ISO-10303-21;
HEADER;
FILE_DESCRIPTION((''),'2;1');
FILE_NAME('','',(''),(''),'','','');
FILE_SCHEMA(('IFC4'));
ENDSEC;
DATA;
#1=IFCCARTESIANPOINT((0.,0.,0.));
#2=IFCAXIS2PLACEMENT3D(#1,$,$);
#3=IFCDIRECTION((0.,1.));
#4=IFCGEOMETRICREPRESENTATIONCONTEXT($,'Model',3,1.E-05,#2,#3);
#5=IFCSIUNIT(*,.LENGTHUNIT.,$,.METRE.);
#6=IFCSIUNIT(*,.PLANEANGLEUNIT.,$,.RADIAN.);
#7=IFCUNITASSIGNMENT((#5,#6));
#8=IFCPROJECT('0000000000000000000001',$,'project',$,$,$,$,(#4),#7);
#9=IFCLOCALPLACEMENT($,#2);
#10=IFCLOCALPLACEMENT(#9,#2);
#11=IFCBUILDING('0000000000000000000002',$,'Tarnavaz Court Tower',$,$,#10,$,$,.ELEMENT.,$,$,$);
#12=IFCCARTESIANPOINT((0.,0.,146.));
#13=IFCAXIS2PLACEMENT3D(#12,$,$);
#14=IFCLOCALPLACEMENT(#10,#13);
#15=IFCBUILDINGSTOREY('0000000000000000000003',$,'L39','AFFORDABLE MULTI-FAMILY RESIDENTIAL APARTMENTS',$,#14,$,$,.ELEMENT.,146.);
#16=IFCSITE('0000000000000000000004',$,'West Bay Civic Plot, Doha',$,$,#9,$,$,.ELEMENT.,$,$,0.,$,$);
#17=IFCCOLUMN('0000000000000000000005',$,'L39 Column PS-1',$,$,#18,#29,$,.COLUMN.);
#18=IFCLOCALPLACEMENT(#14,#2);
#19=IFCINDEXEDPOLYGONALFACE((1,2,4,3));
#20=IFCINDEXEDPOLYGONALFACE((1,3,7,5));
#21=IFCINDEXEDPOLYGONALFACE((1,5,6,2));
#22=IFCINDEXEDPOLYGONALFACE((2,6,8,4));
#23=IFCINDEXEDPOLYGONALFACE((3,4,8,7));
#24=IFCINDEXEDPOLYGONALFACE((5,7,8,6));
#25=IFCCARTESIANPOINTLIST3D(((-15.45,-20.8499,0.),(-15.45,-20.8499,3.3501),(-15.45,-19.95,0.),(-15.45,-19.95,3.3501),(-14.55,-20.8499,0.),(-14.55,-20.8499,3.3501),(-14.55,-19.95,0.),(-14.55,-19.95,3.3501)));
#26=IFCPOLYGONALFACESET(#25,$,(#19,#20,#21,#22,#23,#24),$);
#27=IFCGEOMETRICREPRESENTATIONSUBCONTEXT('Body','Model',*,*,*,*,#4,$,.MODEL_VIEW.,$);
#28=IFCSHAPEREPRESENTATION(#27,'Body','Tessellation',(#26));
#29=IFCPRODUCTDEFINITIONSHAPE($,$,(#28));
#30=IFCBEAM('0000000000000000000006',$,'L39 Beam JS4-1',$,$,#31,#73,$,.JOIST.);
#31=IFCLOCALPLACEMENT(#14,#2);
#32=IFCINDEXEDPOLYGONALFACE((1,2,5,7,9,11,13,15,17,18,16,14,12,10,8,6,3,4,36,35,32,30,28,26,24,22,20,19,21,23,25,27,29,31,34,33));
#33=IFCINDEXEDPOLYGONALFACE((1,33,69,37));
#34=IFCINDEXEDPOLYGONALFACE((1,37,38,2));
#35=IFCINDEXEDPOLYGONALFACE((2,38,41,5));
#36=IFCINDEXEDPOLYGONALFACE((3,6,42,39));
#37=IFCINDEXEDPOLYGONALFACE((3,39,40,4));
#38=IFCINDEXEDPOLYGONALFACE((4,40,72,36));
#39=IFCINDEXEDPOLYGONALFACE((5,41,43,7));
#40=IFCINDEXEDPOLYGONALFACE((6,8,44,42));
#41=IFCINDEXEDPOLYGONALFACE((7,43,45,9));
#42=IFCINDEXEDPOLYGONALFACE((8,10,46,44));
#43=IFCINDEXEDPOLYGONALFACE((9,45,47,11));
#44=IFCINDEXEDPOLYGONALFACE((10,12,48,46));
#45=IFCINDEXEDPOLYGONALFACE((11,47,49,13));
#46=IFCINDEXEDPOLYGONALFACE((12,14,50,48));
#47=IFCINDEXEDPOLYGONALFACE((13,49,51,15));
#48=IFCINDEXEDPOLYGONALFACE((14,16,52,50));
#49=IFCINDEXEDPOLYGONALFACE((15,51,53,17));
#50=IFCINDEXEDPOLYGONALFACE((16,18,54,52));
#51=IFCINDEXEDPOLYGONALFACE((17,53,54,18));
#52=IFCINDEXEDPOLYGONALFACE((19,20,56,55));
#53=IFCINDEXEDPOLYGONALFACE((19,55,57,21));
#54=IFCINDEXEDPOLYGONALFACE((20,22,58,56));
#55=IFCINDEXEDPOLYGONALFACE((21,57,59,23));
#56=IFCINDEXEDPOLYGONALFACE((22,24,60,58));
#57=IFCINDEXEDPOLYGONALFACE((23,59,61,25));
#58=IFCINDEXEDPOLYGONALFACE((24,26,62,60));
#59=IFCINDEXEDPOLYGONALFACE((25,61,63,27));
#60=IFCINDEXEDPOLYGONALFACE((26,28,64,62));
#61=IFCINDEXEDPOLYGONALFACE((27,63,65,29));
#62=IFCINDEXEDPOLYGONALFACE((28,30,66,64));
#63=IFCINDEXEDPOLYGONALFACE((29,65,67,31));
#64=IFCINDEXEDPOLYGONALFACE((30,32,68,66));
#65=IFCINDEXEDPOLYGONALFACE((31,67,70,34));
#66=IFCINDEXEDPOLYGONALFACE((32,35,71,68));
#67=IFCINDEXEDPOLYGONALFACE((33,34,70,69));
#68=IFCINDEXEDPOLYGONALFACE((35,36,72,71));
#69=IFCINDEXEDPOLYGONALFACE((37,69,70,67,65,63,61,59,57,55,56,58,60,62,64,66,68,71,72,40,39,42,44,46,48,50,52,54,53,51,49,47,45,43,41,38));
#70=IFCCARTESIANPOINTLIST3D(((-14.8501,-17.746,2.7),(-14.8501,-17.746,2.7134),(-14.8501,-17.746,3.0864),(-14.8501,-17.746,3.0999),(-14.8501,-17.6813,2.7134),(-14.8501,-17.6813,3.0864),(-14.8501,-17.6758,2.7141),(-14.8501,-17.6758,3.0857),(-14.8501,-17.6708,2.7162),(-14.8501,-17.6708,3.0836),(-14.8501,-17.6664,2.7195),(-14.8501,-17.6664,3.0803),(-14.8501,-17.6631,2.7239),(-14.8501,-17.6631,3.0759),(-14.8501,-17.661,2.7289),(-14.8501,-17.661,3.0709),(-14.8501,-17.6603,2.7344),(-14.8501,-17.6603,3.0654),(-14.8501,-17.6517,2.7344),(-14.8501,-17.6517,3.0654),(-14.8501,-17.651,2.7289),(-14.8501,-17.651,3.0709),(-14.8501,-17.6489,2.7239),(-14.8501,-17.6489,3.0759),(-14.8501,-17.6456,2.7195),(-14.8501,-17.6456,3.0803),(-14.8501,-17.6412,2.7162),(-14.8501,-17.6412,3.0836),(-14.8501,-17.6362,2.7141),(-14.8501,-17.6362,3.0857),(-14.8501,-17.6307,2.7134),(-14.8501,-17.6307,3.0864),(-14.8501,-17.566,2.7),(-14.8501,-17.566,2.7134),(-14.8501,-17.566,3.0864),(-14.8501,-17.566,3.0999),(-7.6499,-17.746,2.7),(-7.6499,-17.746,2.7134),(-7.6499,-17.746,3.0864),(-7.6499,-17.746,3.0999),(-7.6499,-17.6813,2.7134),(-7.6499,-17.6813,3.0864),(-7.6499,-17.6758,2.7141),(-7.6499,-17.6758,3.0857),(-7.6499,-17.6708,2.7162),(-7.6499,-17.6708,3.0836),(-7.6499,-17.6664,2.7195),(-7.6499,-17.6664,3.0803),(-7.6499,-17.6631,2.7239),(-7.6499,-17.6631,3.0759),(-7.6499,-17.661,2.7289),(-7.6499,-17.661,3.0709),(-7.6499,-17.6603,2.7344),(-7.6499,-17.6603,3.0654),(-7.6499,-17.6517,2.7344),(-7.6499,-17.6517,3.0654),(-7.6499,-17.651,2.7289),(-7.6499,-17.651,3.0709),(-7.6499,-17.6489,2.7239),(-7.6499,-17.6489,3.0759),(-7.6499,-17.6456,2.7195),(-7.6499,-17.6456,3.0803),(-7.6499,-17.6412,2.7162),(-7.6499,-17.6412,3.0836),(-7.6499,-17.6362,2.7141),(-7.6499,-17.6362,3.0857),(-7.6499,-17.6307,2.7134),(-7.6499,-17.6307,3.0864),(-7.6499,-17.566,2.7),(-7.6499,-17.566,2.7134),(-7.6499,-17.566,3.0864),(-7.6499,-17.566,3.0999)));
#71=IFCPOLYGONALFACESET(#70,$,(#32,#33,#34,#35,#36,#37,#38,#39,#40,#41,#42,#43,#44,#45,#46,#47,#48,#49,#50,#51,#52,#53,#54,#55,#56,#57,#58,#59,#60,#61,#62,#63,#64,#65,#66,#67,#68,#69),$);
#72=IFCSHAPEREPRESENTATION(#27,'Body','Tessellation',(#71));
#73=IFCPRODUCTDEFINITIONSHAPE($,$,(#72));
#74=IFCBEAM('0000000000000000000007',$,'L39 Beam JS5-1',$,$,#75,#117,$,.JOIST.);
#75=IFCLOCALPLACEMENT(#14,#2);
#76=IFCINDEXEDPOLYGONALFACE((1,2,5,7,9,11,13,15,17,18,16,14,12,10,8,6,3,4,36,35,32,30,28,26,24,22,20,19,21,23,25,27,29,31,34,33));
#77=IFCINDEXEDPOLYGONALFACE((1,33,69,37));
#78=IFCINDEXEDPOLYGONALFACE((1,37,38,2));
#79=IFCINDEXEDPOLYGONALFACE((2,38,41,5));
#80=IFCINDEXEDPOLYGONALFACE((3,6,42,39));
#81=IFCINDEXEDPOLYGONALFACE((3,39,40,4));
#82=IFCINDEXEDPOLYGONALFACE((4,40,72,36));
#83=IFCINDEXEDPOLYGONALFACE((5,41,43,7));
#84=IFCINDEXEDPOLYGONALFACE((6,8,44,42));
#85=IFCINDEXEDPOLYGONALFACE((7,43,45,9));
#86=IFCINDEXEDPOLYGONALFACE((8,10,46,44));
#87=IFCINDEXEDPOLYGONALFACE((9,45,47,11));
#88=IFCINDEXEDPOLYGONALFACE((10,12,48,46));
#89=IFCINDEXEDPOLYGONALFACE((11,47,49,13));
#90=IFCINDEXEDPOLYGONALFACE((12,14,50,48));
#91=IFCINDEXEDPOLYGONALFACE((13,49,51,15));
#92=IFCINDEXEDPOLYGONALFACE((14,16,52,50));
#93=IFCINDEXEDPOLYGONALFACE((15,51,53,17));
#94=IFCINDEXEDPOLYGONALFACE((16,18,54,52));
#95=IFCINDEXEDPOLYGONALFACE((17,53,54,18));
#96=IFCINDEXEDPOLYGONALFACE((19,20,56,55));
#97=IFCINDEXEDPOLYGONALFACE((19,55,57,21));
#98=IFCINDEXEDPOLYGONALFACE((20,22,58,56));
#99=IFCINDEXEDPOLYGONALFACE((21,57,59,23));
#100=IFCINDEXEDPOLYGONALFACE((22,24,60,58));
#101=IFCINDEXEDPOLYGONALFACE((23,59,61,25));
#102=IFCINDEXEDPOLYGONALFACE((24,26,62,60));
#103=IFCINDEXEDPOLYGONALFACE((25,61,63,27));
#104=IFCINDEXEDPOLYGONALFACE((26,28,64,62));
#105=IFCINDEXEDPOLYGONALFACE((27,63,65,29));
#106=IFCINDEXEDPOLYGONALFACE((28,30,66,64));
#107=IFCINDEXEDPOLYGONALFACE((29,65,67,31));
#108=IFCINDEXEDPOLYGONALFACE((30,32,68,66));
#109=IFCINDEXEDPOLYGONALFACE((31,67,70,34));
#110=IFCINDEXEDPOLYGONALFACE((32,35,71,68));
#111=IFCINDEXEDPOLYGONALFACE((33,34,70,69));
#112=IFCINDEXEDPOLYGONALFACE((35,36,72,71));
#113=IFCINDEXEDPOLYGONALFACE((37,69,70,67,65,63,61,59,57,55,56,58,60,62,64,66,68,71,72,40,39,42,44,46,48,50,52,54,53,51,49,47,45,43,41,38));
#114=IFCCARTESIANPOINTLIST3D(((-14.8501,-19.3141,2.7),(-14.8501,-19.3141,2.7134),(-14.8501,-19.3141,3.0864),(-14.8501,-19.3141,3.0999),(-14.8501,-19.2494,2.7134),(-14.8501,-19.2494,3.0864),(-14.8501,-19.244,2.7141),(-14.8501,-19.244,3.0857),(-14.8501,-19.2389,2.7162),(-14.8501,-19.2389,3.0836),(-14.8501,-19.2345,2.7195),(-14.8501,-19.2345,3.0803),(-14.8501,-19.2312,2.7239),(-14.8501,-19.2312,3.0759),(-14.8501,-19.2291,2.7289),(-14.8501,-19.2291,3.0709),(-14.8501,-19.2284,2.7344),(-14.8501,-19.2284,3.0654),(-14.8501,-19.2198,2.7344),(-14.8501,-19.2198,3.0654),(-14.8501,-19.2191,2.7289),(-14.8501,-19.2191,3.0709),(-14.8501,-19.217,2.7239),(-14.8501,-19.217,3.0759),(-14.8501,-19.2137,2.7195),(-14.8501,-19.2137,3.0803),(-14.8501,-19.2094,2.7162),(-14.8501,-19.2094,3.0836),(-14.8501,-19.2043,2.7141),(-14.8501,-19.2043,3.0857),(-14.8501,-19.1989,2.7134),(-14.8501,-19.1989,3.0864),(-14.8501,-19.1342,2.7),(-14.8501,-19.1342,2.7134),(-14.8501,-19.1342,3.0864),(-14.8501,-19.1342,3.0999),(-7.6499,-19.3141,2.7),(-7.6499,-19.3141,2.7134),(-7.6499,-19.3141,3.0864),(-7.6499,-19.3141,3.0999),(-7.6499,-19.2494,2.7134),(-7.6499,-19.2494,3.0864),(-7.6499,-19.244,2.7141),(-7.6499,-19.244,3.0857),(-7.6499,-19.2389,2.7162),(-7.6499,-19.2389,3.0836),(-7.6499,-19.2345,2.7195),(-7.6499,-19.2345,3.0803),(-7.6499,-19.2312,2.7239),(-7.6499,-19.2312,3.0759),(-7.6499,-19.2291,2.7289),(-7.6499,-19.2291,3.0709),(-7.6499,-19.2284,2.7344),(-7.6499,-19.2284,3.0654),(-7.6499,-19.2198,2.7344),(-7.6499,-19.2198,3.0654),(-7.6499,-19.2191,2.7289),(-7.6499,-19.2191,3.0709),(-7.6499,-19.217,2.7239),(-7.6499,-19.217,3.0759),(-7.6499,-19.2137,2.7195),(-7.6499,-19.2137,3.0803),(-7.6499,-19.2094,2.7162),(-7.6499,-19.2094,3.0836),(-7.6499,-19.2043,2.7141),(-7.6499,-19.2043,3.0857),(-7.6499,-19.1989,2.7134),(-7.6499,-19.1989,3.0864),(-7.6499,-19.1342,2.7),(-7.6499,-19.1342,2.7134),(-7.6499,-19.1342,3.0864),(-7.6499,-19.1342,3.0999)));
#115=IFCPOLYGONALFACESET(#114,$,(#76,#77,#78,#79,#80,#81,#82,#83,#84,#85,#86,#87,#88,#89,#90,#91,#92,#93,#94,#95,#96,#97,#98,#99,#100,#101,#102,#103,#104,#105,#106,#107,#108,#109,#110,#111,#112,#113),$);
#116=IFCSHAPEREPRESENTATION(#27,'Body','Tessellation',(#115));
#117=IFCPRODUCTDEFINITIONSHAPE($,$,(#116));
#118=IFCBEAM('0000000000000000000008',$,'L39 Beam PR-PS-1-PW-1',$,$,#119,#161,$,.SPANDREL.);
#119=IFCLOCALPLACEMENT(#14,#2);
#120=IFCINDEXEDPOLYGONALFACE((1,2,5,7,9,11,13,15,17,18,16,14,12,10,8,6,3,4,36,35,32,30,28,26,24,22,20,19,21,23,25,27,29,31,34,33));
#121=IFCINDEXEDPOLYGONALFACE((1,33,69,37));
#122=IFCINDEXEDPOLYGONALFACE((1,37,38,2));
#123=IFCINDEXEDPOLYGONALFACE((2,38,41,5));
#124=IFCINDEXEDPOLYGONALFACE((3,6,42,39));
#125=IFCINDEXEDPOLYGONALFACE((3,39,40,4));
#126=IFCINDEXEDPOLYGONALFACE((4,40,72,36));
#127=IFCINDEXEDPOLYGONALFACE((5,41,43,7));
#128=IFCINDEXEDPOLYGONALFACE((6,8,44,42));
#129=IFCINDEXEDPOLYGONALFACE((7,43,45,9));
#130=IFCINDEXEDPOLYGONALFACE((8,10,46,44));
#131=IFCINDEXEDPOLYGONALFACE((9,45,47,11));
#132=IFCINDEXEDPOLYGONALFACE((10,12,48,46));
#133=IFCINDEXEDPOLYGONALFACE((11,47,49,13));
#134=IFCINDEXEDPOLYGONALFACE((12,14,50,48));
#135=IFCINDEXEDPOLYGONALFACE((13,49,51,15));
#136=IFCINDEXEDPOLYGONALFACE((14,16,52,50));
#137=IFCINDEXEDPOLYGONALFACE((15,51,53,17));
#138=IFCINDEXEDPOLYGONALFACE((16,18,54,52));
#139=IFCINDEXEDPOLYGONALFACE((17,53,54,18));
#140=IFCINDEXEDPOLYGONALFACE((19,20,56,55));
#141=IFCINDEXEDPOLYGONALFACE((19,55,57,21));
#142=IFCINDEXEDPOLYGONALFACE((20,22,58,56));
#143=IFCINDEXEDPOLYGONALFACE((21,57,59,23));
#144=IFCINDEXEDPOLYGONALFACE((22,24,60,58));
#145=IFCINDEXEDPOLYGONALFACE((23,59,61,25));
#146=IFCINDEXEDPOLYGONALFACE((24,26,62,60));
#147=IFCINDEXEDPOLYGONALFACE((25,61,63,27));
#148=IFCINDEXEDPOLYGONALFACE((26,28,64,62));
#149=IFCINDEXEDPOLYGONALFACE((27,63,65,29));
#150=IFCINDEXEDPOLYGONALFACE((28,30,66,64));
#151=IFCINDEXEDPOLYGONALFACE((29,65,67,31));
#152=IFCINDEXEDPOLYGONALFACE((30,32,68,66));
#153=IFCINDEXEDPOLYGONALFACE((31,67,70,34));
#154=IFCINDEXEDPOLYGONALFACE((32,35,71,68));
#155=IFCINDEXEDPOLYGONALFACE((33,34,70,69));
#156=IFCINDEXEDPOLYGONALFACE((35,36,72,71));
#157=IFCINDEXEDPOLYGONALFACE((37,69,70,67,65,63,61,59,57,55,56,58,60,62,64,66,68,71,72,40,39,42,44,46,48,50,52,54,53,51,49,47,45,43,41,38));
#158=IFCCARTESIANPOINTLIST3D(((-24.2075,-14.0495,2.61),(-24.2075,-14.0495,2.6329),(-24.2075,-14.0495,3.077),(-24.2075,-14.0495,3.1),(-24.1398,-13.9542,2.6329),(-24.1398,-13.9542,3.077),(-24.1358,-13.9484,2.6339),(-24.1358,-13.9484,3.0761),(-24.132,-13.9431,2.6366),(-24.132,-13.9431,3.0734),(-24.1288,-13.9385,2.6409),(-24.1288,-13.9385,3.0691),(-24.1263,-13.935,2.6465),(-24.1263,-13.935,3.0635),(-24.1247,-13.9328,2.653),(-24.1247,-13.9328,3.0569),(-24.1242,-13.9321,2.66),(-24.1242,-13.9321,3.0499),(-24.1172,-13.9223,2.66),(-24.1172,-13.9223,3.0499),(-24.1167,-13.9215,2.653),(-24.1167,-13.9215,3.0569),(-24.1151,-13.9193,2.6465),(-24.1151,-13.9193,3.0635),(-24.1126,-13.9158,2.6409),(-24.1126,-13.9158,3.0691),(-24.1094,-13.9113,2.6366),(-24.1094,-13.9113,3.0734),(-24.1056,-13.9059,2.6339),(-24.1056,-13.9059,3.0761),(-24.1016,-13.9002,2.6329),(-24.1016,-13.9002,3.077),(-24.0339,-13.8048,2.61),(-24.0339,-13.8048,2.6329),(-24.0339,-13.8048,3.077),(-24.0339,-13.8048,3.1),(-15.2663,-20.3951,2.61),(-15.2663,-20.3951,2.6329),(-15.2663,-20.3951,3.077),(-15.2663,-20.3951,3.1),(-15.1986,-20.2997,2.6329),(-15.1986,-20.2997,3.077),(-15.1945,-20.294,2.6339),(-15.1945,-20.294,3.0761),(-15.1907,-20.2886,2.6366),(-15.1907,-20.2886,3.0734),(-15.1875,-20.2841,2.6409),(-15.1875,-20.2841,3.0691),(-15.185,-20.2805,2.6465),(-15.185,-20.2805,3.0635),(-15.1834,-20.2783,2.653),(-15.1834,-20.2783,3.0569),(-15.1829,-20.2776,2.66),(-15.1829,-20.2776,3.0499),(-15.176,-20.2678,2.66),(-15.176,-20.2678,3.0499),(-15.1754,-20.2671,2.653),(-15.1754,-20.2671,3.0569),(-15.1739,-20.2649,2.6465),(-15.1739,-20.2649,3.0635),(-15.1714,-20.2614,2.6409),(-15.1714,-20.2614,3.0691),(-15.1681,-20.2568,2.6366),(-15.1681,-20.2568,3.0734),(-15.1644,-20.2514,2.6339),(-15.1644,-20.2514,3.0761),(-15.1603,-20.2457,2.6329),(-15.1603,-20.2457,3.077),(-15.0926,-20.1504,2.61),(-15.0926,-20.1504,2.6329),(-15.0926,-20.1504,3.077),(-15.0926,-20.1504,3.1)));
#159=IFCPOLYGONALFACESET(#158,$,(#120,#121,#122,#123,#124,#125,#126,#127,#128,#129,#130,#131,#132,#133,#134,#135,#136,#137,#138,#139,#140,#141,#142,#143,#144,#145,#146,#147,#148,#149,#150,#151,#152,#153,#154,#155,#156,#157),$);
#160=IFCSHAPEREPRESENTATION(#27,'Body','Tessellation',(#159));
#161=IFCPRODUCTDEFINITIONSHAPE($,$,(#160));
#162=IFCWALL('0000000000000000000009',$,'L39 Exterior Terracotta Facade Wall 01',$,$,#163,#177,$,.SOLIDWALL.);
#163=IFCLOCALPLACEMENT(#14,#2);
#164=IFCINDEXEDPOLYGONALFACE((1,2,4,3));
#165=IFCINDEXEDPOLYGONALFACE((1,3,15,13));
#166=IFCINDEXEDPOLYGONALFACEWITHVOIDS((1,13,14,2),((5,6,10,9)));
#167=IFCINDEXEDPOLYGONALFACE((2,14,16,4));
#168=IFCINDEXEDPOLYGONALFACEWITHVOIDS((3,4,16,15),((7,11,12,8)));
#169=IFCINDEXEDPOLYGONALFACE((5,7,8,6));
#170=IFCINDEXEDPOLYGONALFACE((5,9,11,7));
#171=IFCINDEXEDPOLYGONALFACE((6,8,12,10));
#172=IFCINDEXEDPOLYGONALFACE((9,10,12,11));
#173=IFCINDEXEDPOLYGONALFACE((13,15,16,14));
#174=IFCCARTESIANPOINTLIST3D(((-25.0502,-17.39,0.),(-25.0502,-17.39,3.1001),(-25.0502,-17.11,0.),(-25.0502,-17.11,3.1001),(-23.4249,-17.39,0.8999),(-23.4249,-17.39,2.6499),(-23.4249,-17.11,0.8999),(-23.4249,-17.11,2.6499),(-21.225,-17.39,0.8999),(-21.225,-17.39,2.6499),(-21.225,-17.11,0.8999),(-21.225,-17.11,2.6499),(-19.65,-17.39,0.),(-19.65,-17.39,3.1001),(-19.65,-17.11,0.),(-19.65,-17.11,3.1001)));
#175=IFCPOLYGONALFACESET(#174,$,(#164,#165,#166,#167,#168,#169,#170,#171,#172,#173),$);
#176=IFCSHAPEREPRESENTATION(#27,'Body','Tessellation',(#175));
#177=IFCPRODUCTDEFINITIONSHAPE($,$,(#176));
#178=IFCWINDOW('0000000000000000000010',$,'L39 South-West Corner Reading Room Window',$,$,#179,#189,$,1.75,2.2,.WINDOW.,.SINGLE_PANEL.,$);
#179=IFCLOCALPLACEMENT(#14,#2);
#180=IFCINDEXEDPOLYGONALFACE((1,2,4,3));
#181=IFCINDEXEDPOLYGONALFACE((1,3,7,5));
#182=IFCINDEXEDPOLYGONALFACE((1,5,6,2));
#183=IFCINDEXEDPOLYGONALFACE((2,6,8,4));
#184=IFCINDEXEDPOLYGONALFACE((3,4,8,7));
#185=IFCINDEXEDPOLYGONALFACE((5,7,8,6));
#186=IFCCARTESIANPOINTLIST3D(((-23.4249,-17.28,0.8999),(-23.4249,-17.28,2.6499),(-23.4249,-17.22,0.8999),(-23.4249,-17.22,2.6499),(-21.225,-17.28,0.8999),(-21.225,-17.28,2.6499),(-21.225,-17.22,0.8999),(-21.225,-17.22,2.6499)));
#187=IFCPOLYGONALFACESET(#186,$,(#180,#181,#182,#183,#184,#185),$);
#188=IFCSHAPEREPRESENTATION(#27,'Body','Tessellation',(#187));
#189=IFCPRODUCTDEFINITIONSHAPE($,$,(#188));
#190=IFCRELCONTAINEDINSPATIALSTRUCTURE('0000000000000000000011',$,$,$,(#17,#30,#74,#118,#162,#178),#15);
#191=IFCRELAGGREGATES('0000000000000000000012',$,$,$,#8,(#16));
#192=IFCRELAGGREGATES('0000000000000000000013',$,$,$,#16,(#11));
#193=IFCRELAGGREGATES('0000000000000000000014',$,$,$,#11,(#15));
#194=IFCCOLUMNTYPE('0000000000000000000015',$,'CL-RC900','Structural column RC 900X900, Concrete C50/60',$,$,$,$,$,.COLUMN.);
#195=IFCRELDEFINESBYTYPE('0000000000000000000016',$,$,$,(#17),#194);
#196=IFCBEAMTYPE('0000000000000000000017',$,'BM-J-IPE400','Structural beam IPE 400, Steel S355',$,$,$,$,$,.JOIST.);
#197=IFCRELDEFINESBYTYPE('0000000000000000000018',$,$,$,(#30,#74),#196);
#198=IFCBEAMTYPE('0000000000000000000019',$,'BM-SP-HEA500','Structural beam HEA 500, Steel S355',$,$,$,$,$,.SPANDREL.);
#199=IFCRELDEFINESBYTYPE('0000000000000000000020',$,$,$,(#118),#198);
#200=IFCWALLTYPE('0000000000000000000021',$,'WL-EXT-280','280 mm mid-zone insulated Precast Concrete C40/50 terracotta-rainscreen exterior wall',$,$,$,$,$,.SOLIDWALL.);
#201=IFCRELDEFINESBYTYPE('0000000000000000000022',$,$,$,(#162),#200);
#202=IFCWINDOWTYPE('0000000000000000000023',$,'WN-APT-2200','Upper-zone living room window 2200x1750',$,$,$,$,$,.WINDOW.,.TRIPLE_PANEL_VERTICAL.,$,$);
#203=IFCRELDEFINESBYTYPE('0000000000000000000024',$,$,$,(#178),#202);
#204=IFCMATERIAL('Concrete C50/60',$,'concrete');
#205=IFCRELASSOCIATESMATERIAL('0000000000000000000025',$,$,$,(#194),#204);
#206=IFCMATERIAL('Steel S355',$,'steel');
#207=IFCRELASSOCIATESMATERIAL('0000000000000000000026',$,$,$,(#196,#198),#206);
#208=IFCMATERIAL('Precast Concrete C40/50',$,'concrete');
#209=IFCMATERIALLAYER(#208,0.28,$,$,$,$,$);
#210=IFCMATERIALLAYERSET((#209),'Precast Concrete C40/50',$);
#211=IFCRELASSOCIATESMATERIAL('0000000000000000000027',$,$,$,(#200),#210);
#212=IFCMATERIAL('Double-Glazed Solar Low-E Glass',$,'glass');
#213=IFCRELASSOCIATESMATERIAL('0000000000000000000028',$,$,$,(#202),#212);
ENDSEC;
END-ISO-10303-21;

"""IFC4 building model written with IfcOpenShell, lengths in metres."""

from ifc_helpers import new_model, si_unit, direction, frame, frame_2d, origin, origin_2d, place, context, subcontext, project, spatial, rectangle, i_section, extrude, material, layer, layer_set, material_profile, profile_set, type_object, element, fill, save


model = new_model("IFC4")

# Units and contexts
model_context = context("Model", 3, precision=1e-05, world=origin(), true_north=direction((0.0, 1.0)))
body_context = subcontext(model_context, "Body", "Model", "MODEL_VIEW")
ifc_project = project(units=[si_unit("LENGTHUNIT", "METRE"), si_unit("PLANEANGLEUNIT", "RADIAN")], contexts=[model_context])

# Site, building, storey
site_placement = place(None, origin())
site = spatial("IfcSite", under=ifc_project, at=site_placement, Name="West Bay Civic Plot, Doha", CompositionType="ELEMENT", RefElevation=0.0)
building_placement = place(site_placement, origin())
building = spatial("IfcBuilding", under=site, at=building_placement, Name="Tarnavaz Court Tower", CompositionType="ELEMENT")
storey_placement = place(building_placement, frame((0.0, 0.0, 146.0)))
storey = spatial("IfcBuildingStorey", under=building, at=storey_placement, Name="L39", Description="AFFORDABLE MULTI-FAMILY RESIDENTIAL APARTMENTS", CompositionType="ELEMENT", Elevation=146.0)

# Column
ifc_material_1 = material(Name="Concrete C50/60", Category="concrete")
ifc_material_profile_1 = material_profile(ifc_material_1, rectangle(XDim=0.8999, YDim=0.8999, at=origin_2d()), Name="RC 900X900")
ifc_profile_set_1 = profile_set([ifc_material_profile_1], Name="Concrete C50/60")
column_type = type_object("IfcColumnType", Name="CL-RC900", Description="Structural column RC 900X900, Concrete C50/60", PredefinedType="COLUMN", material=ifc_profile_set_1)
column_placement = place(storey_placement, frame((-15.0, -20.3999, 0.0), z_axis=(0.0, 0.0, 1.0), x_axis=(1.0, 0.0, 0.0)))
element("IfcColumn", 1, at=column_placement, inside=storey, type_object=column_type, Name="L39 Column PS-1", PredefinedType="COLUMN", context=body_context, shape_type="SweptSolid", body=[
    extrude(rectangle(XDim=0.8999, YDim=0.8999, at=origin_2d()), origin(), (0.0, 0.0, 1.0), 3.3501),
])

# Beams
ifc_material_2 = material(Name="Steel S355", Category="steel")
ifc_material_profile_2 = material_profile(ifc_material_2, i_section(OverallWidth=0.1799, OverallDepth=0.3999, WebThickness=0.0085, FlangeThickness=0.0134, FilletRadius=0.021, at=origin_2d()), Name="IPE 400")
ifc_profile_set_2 = profile_set([ifc_material_profile_2], Name="Steel S355")
beam_type_1 = type_object("IfcBeamType", Name="BM-J-IPE400", Description="Structural beam IPE 400, Steel S355", PredefinedType="JOIST", material=ifc_profile_set_2)
for number, where, z_axis, x_axis, name in (
    (2, (-14.8501, -17.656, 2.8999), (1.0, 0.0, 0.0), (0.0, 1.0, 0.0), "L39 Beam JS4-1"),
    (3, (-14.8501, -19.2241, 2.8999), (1.0, 0.0, 0.0), (0.0, 1.0, 0.0), "L39 Beam JS5-1"),
):
    element("IfcBeam", number, at=place(storey_placement, frame(where, z_axis=z_axis, x_axis=x_axis)), inside=storey, type_object=beam_type_1, Name=name, PredefinedType="JOIST", context=body_context, shape_type="SweptSolid", body=[
        extrude(i_section(OverallWidth=0.1799, OverallDepth=0.3999, WebThickness=0.0085, FlangeThickness=0.0134, FilletRadius=0.021, at=origin_2d()), origin(), (0.0, 0.0, 1.0), 7.2002),
    ])
ifc_material_profile_3 = material_profile(ifc_material_2, i_section(OverallWidth=0.3, OverallDepth=0.49, WebThickness=0.012, FlangeThickness=0.0229, FilletRadius=0.0271, at=origin_2d()), Name="HEA 500")
ifc_profile_set_3 = profile_set([ifc_material_profile_3], Name="Steel S355")
beam_type_2 = type_object("IfcBeamType", Name="BM-SP-HEA500", Description="Structural beam HEA 500, Steel S355", PredefinedType="SPANDREL", material=ifc_profile_set_3)
beam_placement = place(storey_placement, frame((-15.1794, -20.2727, 2.855), z_axis=(-0.815502, 0.578754, 0.0), x_axis=(-0.578754, -0.815502, 0.0)))
element("IfcBeam", 4, at=beam_placement, inside=storey, type_object=beam_type_2, Name="L39 Beam PR-PS-1-PW-1", PredefinedType="SPANDREL", context=body_context, shape_type="SweptSolid", body=[
    extrude(i_section(OverallWidth=0.3, OverallDepth=0.49, WebThickness=0.012, FlangeThickness=0.0229, FilletRadius=0.0271, at=origin_2d()), origin(), (0.0, 0.0, 1.0), 10.9641),
])

# Wall, opening, window
ifc_material_3 = material(Name="Precast Concrete C40/50", Category="concrete")
ifc_layer_1 = layer(ifc_material_3, 0.28)
ifc_layer_set_1 = layer_set([ifc_layer_1], Name="Precast Concrete C40/50")
wall_type_1 = type_object("IfcWallType", Name="WL-EXT-280", Description="280 mm mid-zone insulated Precast Concrete C40/50 terracotta-rainscreen exterior wall", PredefinedType="SOLIDWALL", material=ifc_layer_set_1)
wall_1_placement = place(storey_placement, frame((-19.6499, -17.25, 0.0), z_axis=(0.0, 0.0, 1.0), x_axis=(-1.0, 0.0, 0.0)))
wall_1 = element("IfcWall", 5, at=wall_1_placement, inside=storey, type_object=wall_type_1, Name="L39 Exterior Terracotta Facade Wall 01", PredefinedType="SOLIDWALL", context=body_context, shape_type="SweptSolid", body=[
    extrude(rectangle(XDim=5.4001, YDim=0.28, at=frame_2d((2.7002, 0.0))), origin(), (0.0, 0.0, 1.0), 3.1001),
])
opening_1_placement = place(wall_1_placement, frame((1.575, 0.0, 0.8999)))
opening_1 = element("IfcOpeningElement", 6, at=opening_1_placement, cuts=wall_1, PredefinedType="OPENING", context=body_context, shape_type="SweptSolid", body=[
    extrude(rectangle(XDim=2.2, YDim=1.75, at=frame_2d((1.1001, 0.875))), frame((0.0, 0.1499, 0.0), z_axis=(0.0, -1.0, 0.0), x_axis=(1.0, 0.0, 0.0)), (0.0, 0.0, 1.0), 0.3),
])
ifc_material_4 = material(Name="Double-Glazed Solar Low-E Glass", Category="glass")
window_type_1 = type_object("IfcWindowType", Name="WN-APT-2200", Description="Upper-zone living room window 2200x1750", PartitioningType="TRIPLE_PANEL_VERTICAL", PredefinedType="WINDOW", material=ifc_material_4)
window_1_placement = place(opening_1_placement, origin())
window_1 = element("IfcWindow", 7, at=window_1_placement, inside=storey, type_object=window_type_1, Name="L39 South-West Corner Reading Room Window", OverallHeight=1.75, OverallWidth=2.2, PartitioningType="SINGLE_PANEL", PredefinedType="WINDOW", context=body_context, shape_type="SweptSolid", body=[
    extrude(rectangle(XDim=2.2, YDim=1.75, at=frame_2d((1.1001, 0.875))), frame((0.0, 0.03, 0.0), z_axis=(0.0, -1.0, 0.0), x_axis=(1.0, 0.0, 0.0)), (0.0, 0.0, 1.0), 0.0601),
])
fill(opening_1, window_1)

save(model, "model.ifc")
